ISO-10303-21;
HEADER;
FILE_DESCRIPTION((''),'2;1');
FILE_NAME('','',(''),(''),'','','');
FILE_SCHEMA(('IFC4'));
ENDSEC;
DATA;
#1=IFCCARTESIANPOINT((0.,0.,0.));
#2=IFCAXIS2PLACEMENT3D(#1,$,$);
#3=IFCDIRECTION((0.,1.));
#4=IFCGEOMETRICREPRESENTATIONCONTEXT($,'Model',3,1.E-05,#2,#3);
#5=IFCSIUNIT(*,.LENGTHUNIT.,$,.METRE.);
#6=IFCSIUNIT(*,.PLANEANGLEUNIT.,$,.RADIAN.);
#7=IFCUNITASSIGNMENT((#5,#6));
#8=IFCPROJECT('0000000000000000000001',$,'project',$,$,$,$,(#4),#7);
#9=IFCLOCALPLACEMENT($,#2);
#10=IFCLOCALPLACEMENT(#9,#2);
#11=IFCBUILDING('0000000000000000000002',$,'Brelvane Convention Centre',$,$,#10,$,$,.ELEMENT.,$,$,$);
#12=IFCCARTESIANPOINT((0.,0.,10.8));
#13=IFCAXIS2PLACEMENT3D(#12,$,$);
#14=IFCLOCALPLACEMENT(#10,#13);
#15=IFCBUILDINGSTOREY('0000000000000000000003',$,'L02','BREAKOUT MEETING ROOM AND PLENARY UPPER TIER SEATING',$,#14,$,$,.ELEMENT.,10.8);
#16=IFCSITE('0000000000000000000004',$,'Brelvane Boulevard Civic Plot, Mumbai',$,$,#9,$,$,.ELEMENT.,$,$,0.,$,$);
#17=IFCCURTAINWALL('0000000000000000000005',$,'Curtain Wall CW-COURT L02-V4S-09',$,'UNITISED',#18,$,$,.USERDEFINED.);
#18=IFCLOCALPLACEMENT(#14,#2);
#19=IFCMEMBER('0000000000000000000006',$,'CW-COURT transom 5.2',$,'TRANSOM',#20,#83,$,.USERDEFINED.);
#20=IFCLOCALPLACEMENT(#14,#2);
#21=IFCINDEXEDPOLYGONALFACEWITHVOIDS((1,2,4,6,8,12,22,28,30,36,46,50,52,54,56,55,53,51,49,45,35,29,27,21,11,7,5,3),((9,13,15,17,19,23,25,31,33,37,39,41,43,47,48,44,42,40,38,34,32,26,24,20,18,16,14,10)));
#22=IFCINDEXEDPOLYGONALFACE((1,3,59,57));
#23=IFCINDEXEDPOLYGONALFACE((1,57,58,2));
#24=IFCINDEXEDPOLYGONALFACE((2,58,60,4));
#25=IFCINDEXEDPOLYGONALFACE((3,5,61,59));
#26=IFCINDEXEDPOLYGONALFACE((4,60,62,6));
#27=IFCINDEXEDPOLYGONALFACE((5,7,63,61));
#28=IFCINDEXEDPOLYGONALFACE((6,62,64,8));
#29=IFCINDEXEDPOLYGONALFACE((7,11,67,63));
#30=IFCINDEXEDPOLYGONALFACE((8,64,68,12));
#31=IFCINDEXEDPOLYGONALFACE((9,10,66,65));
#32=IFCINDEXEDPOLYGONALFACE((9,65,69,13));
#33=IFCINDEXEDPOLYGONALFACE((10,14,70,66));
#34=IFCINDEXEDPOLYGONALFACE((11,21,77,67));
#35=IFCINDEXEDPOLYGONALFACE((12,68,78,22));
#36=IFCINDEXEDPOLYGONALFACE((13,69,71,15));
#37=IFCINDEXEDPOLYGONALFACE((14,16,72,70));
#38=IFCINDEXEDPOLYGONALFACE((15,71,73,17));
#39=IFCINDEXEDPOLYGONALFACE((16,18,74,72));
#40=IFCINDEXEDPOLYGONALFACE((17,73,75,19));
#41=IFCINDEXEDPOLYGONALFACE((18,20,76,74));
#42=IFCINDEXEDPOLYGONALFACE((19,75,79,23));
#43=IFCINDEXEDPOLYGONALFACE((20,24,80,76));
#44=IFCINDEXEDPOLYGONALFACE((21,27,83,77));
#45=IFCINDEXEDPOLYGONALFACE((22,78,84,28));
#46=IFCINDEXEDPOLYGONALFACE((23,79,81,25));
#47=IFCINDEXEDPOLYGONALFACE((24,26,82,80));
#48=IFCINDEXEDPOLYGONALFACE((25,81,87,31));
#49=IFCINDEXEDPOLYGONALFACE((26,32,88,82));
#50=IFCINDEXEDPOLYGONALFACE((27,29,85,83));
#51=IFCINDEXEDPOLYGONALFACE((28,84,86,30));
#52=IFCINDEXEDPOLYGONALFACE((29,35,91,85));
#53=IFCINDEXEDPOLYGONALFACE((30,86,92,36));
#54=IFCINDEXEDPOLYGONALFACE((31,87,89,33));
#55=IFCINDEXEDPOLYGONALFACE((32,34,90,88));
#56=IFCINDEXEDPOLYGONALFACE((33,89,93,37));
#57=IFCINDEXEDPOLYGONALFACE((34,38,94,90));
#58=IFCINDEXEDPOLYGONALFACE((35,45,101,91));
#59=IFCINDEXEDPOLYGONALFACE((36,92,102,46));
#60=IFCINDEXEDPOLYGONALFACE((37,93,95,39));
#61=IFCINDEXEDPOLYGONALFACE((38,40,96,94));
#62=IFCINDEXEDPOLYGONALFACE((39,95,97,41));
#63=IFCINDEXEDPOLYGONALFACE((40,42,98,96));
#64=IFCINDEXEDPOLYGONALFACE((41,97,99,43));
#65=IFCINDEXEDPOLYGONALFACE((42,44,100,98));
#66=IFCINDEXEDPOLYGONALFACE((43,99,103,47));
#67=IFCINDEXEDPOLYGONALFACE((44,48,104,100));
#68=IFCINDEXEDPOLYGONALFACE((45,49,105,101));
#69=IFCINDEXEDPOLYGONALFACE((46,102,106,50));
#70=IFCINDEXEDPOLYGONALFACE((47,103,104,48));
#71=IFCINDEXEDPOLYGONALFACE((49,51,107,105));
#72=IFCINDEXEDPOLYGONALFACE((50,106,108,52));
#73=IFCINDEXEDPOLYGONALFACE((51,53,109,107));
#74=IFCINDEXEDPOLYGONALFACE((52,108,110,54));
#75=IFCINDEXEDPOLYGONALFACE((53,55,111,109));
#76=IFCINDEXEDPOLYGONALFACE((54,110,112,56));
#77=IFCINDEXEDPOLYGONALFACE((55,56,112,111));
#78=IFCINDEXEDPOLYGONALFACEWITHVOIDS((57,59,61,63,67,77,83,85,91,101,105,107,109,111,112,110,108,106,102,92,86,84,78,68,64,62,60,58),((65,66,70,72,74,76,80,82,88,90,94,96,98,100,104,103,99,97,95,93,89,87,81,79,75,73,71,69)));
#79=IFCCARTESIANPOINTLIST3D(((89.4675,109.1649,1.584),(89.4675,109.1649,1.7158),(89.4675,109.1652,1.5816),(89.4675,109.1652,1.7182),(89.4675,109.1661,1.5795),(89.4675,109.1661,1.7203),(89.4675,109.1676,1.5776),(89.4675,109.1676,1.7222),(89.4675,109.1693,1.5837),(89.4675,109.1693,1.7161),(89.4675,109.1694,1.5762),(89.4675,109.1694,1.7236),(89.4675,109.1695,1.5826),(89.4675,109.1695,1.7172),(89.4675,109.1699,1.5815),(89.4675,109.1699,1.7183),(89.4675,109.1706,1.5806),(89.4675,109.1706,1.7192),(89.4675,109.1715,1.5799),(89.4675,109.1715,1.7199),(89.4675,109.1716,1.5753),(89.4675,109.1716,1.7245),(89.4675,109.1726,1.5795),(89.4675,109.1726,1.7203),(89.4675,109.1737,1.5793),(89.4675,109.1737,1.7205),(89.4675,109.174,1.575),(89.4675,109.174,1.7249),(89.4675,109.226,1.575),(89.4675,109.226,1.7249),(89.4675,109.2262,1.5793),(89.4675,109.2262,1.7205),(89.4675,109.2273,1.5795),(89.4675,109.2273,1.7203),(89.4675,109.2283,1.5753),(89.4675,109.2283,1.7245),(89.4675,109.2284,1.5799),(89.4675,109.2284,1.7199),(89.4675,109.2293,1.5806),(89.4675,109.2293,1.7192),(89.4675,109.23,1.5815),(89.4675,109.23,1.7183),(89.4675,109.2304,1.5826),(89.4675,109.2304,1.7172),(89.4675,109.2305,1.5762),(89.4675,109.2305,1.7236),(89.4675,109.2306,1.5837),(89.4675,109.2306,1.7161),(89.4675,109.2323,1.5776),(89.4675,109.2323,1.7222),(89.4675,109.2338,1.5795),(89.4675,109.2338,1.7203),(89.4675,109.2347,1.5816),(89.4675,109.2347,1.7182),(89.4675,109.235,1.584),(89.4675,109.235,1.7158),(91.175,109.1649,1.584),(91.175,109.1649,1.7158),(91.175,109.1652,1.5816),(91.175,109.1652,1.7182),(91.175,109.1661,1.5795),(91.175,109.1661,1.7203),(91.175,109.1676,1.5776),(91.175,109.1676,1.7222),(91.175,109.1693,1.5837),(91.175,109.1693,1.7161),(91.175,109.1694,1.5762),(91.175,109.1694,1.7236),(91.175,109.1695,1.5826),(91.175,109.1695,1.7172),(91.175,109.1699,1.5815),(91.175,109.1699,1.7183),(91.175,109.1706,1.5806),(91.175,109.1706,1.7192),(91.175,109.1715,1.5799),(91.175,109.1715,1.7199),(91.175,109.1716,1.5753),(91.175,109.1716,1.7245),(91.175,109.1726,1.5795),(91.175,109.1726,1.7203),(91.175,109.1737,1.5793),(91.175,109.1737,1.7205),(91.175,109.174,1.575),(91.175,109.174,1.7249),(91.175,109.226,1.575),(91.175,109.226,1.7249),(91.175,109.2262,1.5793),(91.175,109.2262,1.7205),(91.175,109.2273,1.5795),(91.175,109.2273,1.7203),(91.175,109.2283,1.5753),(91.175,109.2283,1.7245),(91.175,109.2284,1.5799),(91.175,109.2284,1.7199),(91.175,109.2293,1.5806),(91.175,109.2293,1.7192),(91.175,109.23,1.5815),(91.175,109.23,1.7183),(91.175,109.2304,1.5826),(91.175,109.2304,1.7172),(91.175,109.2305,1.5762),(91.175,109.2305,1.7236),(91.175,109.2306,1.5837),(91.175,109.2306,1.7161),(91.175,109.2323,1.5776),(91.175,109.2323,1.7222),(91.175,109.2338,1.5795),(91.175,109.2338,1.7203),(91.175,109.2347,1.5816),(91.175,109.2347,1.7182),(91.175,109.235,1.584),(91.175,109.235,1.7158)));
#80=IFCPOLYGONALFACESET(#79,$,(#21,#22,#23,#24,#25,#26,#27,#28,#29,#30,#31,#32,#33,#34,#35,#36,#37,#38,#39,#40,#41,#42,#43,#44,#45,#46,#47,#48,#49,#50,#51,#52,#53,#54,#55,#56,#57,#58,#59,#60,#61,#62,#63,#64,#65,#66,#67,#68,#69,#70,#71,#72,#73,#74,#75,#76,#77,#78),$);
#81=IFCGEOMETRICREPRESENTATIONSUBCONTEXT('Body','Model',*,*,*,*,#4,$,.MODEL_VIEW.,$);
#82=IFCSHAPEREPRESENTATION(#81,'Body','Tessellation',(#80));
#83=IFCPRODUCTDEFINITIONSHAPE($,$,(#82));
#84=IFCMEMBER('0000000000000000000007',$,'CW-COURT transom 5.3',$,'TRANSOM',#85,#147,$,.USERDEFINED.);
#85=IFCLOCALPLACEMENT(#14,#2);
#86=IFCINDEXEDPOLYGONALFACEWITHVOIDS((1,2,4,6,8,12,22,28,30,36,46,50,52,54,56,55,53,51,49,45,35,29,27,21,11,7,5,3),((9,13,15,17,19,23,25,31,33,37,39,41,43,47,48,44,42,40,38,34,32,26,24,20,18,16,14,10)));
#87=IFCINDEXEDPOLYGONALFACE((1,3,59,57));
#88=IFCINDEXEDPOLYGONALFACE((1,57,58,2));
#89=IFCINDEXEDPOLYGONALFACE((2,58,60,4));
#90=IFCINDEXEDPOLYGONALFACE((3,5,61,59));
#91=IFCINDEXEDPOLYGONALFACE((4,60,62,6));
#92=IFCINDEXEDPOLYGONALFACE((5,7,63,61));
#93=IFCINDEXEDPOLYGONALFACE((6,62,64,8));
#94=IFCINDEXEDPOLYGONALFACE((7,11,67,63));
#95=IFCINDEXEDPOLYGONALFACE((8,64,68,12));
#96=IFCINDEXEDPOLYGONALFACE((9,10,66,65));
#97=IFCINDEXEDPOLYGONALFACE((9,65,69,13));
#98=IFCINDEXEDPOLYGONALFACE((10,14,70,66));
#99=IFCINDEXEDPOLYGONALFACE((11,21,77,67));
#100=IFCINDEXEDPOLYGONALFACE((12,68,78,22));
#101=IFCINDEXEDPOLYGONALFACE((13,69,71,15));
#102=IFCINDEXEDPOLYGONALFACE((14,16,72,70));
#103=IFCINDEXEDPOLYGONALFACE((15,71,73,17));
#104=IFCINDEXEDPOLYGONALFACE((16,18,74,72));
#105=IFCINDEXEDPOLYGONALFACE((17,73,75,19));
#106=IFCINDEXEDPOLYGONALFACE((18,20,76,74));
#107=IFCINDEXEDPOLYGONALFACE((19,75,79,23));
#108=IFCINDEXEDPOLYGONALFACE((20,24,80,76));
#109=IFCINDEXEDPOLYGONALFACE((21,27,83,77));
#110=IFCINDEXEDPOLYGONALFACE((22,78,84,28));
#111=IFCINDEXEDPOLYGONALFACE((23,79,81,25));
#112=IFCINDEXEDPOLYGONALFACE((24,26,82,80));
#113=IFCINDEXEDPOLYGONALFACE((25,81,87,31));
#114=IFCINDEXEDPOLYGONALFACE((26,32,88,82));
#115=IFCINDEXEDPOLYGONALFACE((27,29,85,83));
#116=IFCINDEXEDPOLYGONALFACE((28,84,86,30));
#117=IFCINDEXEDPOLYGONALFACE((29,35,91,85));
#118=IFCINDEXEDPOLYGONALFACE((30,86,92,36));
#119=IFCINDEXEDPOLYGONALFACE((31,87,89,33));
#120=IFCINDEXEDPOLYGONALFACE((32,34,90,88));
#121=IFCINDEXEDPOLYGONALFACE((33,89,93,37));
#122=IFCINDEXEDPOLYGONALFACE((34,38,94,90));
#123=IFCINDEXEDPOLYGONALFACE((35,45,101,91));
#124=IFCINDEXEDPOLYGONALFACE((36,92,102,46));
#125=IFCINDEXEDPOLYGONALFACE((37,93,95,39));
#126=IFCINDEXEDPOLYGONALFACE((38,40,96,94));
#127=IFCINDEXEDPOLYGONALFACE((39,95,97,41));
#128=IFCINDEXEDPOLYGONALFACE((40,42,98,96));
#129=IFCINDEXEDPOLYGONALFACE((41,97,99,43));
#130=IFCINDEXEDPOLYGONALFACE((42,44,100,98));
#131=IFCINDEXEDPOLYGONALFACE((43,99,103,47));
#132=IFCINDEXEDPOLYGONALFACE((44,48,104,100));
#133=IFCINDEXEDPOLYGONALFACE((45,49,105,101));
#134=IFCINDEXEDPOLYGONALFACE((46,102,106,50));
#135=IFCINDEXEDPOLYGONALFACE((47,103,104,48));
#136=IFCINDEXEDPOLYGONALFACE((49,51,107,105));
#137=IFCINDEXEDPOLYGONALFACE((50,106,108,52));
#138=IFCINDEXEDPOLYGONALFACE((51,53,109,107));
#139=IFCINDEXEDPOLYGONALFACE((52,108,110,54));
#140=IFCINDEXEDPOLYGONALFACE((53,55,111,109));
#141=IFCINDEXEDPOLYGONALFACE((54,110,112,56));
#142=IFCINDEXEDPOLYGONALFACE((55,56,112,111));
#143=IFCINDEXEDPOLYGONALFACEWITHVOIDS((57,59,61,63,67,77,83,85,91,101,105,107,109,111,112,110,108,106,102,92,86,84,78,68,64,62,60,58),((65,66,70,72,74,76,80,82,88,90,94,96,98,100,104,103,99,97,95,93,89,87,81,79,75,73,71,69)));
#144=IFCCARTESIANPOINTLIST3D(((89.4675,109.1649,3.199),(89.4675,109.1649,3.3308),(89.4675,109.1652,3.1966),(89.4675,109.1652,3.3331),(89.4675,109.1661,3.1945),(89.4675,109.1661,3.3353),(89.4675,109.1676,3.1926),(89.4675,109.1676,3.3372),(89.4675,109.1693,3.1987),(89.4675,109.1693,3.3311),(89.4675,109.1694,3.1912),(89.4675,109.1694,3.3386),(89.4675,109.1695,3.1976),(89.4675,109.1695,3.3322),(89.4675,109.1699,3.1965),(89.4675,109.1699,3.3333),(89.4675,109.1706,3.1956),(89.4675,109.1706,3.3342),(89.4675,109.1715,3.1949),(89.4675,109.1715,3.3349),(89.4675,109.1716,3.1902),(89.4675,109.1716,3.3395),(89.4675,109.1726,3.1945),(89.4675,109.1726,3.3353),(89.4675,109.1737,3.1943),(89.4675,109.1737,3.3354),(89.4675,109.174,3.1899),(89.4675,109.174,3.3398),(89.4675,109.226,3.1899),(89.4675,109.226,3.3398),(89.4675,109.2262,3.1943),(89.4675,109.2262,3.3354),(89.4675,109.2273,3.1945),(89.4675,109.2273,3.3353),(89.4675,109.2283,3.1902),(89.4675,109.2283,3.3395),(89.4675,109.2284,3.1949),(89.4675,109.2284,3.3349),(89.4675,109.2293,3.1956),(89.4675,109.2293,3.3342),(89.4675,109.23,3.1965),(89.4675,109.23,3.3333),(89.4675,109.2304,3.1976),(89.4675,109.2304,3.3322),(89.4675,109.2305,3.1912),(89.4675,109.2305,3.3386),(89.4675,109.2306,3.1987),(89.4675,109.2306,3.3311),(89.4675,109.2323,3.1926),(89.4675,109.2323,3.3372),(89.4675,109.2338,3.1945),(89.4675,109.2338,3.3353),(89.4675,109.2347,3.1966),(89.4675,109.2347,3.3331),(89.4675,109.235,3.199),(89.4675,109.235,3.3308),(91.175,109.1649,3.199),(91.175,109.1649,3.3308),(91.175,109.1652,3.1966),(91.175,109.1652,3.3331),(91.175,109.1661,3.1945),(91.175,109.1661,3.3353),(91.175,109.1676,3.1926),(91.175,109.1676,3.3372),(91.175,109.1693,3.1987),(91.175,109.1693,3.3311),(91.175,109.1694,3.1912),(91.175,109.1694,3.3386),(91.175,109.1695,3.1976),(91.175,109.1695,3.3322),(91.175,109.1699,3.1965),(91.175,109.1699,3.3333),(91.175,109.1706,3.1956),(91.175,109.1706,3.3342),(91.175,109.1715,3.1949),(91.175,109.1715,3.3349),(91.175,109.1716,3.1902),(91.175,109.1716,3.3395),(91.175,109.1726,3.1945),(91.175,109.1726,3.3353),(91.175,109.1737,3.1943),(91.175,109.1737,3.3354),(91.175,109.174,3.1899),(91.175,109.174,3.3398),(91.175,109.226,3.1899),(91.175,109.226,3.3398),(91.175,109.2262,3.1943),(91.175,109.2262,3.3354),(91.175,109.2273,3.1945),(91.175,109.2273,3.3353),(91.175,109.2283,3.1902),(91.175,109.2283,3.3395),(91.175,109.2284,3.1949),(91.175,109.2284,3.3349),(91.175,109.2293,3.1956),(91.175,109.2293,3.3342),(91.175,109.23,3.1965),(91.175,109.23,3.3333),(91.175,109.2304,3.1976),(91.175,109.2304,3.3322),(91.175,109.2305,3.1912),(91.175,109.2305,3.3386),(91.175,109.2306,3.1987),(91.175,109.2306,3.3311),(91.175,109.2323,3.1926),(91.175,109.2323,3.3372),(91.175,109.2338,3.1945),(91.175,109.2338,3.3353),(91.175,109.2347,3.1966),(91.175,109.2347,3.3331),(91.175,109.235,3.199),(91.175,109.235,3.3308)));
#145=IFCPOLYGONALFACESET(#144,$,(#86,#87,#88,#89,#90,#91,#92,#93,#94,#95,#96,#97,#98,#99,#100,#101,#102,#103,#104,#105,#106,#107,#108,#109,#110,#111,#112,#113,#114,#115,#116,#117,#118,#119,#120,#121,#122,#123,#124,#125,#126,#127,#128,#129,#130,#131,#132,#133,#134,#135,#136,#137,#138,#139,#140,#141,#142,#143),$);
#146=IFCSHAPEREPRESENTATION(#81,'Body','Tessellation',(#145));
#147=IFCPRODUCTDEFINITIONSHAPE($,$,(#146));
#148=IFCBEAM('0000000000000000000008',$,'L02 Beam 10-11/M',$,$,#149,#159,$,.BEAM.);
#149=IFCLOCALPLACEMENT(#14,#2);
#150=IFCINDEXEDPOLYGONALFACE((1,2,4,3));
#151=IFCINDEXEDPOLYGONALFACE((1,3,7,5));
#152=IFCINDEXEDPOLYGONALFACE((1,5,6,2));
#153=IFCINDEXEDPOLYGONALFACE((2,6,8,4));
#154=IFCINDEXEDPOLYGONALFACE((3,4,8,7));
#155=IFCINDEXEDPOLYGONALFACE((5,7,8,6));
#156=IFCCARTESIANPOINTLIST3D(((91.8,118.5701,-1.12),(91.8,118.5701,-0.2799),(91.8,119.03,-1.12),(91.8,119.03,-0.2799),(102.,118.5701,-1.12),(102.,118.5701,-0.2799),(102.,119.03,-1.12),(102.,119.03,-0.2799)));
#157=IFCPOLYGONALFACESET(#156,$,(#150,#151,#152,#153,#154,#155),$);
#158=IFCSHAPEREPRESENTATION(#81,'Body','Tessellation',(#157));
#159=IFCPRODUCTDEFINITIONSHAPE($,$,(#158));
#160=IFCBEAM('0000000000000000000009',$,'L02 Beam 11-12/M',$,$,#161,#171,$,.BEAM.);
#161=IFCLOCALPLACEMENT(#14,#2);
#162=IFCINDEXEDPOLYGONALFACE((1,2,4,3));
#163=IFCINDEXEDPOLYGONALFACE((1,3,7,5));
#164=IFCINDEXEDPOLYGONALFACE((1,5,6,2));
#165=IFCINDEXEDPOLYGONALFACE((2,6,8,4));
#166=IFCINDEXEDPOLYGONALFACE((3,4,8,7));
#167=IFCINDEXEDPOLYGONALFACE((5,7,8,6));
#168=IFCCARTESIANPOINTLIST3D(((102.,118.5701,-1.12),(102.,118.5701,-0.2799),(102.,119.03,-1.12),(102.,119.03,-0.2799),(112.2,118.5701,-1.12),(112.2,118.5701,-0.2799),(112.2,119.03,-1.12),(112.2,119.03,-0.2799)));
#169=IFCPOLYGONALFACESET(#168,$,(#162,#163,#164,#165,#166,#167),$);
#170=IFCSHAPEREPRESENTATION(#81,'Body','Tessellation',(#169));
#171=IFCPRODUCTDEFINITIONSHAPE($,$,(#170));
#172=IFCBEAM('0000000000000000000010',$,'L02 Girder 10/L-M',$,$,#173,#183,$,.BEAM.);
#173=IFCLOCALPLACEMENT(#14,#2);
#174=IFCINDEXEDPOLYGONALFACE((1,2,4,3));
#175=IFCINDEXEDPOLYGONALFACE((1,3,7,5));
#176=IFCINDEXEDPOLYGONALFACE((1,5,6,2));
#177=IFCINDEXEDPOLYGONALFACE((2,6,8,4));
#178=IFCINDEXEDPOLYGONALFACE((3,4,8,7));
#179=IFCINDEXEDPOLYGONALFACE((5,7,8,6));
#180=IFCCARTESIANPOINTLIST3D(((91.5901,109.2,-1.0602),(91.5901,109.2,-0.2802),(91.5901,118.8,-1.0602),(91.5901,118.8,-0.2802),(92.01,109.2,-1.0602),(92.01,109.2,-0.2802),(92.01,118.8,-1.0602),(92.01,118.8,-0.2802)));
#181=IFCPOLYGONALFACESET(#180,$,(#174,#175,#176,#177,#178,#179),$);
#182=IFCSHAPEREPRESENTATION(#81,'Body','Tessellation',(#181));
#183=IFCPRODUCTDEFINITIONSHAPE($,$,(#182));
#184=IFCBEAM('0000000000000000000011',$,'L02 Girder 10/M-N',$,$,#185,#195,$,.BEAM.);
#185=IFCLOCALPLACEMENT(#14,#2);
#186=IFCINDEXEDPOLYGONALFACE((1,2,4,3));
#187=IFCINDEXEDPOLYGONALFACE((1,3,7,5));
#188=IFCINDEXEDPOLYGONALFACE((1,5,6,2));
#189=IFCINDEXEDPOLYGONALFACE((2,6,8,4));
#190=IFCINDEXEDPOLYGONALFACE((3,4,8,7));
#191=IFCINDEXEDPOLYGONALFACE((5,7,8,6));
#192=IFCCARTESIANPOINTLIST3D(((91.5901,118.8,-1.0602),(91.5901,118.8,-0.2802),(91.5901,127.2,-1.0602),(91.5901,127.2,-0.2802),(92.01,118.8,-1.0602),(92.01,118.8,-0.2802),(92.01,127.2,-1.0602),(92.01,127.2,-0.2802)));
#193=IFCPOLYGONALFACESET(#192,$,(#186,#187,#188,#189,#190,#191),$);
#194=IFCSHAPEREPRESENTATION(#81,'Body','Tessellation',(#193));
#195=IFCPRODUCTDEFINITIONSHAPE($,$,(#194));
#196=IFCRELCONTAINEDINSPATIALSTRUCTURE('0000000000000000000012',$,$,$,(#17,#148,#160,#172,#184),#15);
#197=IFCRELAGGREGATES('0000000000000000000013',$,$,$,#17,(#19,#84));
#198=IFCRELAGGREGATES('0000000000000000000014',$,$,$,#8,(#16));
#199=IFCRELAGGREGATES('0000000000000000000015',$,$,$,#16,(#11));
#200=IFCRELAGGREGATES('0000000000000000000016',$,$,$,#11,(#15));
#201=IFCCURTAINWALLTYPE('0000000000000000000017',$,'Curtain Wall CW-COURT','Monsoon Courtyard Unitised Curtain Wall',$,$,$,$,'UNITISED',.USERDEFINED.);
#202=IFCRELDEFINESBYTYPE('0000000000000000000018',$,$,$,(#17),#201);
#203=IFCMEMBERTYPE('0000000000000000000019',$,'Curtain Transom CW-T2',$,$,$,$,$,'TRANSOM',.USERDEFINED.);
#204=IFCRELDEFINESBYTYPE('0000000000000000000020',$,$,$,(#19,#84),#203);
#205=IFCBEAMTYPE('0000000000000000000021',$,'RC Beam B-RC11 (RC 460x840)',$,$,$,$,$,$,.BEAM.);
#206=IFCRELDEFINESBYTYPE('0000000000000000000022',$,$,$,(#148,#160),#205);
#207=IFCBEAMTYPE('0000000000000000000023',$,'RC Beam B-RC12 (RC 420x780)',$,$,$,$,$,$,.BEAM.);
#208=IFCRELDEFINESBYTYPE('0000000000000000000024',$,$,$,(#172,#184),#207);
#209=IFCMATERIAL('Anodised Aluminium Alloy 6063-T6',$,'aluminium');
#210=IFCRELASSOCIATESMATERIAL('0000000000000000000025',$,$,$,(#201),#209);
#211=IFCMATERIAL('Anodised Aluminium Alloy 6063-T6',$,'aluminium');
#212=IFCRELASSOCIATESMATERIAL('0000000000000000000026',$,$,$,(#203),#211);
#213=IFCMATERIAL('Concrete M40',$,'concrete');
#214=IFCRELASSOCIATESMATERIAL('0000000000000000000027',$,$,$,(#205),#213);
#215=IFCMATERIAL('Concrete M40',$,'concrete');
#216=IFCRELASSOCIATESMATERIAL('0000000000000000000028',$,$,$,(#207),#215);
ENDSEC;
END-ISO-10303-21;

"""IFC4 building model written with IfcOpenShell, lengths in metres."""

from ifc_helpers import new_model, si_unit, direction, frame, origin, origin_2d, place, context, subcontext, project, spatial, rectangle, hollow_rectangle, extrude, material, material_profile, profile_set, type_object, element, aggregate, save


model = new_model("IFC4")

# Units and contexts
model_context = context("Model", 3, precision=1e-05, world=origin(), true_north=direction((0.0, 1.0)))
body_context = subcontext(model_context, "Body", "Model", "MODEL_VIEW")
ifc_project = project(units=[si_unit("LENGTHUNIT", "METRE"), si_unit("PLANEANGLEUNIT", "RADIAN")], contexts=[model_context])

# Site, building, storey
site_placement = place(None, origin())
site = spatial("IfcSite", under=ifc_project, at=site_placement, Name="Brelvane Boulevard Civic Plot, Mumbai", CompositionType="ELEMENT", RefElevation=0.0)
building_placement = place(site_placement, origin())
building = spatial("IfcBuilding", under=site, at=building_placement, Name="Brelvane Convention Centre", CompositionType="ELEMENT")
storey_placement = place(building_placement, frame((0.0, 0.0, 10.8)))
storey = spatial("IfcBuildingStorey", under=building, at=storey_placement, Name="L02", Description="BREAKOUT MEETING ROOM AND PLENARY UPPER TIER SEATING", CompositionType="ELEMENT", Elevation=10.8)

# Curtain wall
ifc_material_1 = material(Name="Anodised Aluminium Alloy 6063-T6", Category="aluminium")
curtain_wall_type_1 = type_object("IfcCurtainWallType", Name="Curtain Wall CW-COURT", Description="Monsoon Courtyard Unitised Curtain Wall", ElementType="UNITISED", PredefinedType="USERDEFINED", material=ifc_material_1)
curtain_wall_1_placement = place(storey_placement, origin())
curtain_wall_1 = element("IfcCurtainWall", 1, at=curtain_wall_1_placement, inside=storey, type_object=curtain_wall_type_1, Name="Curtain Wall CW-COURT L02-V4S-09", ObjectType="UNITISED", PredefinedType="USERDEFINED")

# Members
ifc_material_2 = material(Name="Anodised Aluminium Alloy 6063-T6", Category="aluminium")
ifc_material_profile_1 = material_profile(ifc_material_2, hollow_rectangle(XDim=0.0701, YDim=0.1499, WallThickness=0.0044, InnerFilletRadius=0.0044, OuterFilletRadius=0.009, at=origin_2d()), Name="ALU-T 150x70x4.5")
ifc_profile_set_1 = profile_set([ifc_material_profile_1], Name="Anodised Aluminium Alloy 6063-T6")
member_type_1 = type_object("IfcMemberType", Name="Curtain Transom CW-T2", ElementType="TRANSOM", PredefinedType="USERDEFINED", material=ifc_profile_set_1)
member_1_placement = place(storey_placement, frame((89.4675, 109.2, 1.6499), z_axis=(1.0, 0.0, 0.0), x_axis=(0.0, 1.0, 0.0)))
member_1 = element("IfcMember", 2, at=member_1_placement, type_object=member_type_1, Name="CW-COURT transom 5.2", ObjectType="TRANSOM", PredefinedType="USERDEFINED", context=body_context, shape_type="SweptSolid", body=[
    extrude(hollow_rectangle(XDim=0.0701, YDim=0.1499, WallThickness=0.0044, InnerFilletRadius=0.0044, OuterFilletRadius=0.009, at=origin_2d()), origin(), (0.0, 0.0, 1.0), 1.7075),
])
member_2_placement = place(storey_placement, frame((89.4675, 109.2, 3.2649), z_axis=(1.0, 0.0, 0.0), x_axis=(0.0, 1.0, 0.0)))
member_2 = element("IfcMember", 3, at=member_2_placement, type_object=member_type_1, Name="CW-COURT transom 5.3", ObjectType="TRANSOM", PredefinedType="USERDEFINED", context=body_context, shape_type="SweptSolid", body=[
    extrude(hollow_rectangle(XDim=0.0701, YDim=0.1499, WallThickness=0.0044, InnerFilletRadius=0.0044, OuterFilletRadius=0.009, at=origin_2d()), origin(), (0.0, 0.0, 1.0), 1.7075),
])

# Beams
ifc_material_3 = material(Name="Concrete M40", Category="concrete")
ifc_material_profile_2 = material_profile(ifc_material_3, rectangle(XDim=0.46, YDim=0.8401, at=origin_2d()), Name="RC 460x840")
ifc_profile_set_2 = profile_set([ifc_material_profile_2], Name="Concrete M40")
beam_type_1 = type_object("IfcBeamType", Name="RC Beam B-RC11 (RC 460x840)", PredefinedType="BEAM", material=ifc_profile_set_2)
for number, where, z_axis, x_axis, name in (
    (4, (91.8, 118.8, -0.7), (1.0, 0.0, 0.0), (0.0, 1.0, 0.0), "L02 Beam 10-11/M"),
    (5, (102.0, 118.8, -0.7), (1.0, 0.0, 0.0), (0.0, 1.0, 0.0), "L02 Beam 11-12/M"),
):
    element("IfcBeam", number, at=place(storey_placement, frame(where, z_axis=z_axis, x_axis=x_axis)), inside=storey, type_object=beam_type_1, Name=name, PredefinedType="BEAM", context=body_context, shape_type="SweptSolid", body=[
        extrude(rectangle(XDim=0.46, YDim=0.8401, at=origin_2d()), origin(), (0.0, 0.0, 1.0), 10.2),
    ])
ifc_material_4 = material(Name="Concrete M40", Category="concrete")
ifc_material_profile_3 = material_profile(ifc_material_4, rectangle(XDim=0.4199, YDim=0.78, at=origin_2d()), Name="RC 420x780")
ifc_profile_set_3 = profile_set([ifc_material_profile_3], Name="Concrete M40")
beam_type_2 = type_object("IfcBeamType", Name="RC Beam B-RC12 (RC 420x780)", PredefinedType="BEAM", material=ifc_profile_set_3)
beam_1_placement = place(storey_placement, frame((91.8, 109.2, -0.6702), z_axis=(0.0, 1.0, 0.0), x_axis=(-1.0, 0.0, 0.0)))
element("IfcBeam", 6, at=beam_1_placement, inside=storey, type_object=beam_type_2, Name="L02 Girder 10/L-M", PredefinedType="BEAM", context=body_context, shape_type="SweptSolid", body=[
    extrude(rectangle(XDim=0.4199, YDim=0.78, at=origin_2d()), origin(), (0.0, 0.0, 1.0), 9.6001),
])
beam_2_placement = place(storey_placement, frame((91.8, 118.8, -0.6702), z_axis=(0.0, 1.0, 0.0), x_axis=(-1.0, 0.0, 0.0)))
element("IfcBeam", 7, at=beam_2_placement, inside=storey, type_object=beam_type_2, Name="L02 Girder 10/M-N", PredefinedType="BEAM", context=body_context, shape_type="SweptSolid", body=[
    extrude(rectangle(XDim=0.4199, YDim=0.78, at=origin_2d()), origin(), (0.0, 0.0, 1.0), 8.3999),
])

aggregate(curtain_wall_1, [member_1, member_2])

save(model, "model.ifc")
